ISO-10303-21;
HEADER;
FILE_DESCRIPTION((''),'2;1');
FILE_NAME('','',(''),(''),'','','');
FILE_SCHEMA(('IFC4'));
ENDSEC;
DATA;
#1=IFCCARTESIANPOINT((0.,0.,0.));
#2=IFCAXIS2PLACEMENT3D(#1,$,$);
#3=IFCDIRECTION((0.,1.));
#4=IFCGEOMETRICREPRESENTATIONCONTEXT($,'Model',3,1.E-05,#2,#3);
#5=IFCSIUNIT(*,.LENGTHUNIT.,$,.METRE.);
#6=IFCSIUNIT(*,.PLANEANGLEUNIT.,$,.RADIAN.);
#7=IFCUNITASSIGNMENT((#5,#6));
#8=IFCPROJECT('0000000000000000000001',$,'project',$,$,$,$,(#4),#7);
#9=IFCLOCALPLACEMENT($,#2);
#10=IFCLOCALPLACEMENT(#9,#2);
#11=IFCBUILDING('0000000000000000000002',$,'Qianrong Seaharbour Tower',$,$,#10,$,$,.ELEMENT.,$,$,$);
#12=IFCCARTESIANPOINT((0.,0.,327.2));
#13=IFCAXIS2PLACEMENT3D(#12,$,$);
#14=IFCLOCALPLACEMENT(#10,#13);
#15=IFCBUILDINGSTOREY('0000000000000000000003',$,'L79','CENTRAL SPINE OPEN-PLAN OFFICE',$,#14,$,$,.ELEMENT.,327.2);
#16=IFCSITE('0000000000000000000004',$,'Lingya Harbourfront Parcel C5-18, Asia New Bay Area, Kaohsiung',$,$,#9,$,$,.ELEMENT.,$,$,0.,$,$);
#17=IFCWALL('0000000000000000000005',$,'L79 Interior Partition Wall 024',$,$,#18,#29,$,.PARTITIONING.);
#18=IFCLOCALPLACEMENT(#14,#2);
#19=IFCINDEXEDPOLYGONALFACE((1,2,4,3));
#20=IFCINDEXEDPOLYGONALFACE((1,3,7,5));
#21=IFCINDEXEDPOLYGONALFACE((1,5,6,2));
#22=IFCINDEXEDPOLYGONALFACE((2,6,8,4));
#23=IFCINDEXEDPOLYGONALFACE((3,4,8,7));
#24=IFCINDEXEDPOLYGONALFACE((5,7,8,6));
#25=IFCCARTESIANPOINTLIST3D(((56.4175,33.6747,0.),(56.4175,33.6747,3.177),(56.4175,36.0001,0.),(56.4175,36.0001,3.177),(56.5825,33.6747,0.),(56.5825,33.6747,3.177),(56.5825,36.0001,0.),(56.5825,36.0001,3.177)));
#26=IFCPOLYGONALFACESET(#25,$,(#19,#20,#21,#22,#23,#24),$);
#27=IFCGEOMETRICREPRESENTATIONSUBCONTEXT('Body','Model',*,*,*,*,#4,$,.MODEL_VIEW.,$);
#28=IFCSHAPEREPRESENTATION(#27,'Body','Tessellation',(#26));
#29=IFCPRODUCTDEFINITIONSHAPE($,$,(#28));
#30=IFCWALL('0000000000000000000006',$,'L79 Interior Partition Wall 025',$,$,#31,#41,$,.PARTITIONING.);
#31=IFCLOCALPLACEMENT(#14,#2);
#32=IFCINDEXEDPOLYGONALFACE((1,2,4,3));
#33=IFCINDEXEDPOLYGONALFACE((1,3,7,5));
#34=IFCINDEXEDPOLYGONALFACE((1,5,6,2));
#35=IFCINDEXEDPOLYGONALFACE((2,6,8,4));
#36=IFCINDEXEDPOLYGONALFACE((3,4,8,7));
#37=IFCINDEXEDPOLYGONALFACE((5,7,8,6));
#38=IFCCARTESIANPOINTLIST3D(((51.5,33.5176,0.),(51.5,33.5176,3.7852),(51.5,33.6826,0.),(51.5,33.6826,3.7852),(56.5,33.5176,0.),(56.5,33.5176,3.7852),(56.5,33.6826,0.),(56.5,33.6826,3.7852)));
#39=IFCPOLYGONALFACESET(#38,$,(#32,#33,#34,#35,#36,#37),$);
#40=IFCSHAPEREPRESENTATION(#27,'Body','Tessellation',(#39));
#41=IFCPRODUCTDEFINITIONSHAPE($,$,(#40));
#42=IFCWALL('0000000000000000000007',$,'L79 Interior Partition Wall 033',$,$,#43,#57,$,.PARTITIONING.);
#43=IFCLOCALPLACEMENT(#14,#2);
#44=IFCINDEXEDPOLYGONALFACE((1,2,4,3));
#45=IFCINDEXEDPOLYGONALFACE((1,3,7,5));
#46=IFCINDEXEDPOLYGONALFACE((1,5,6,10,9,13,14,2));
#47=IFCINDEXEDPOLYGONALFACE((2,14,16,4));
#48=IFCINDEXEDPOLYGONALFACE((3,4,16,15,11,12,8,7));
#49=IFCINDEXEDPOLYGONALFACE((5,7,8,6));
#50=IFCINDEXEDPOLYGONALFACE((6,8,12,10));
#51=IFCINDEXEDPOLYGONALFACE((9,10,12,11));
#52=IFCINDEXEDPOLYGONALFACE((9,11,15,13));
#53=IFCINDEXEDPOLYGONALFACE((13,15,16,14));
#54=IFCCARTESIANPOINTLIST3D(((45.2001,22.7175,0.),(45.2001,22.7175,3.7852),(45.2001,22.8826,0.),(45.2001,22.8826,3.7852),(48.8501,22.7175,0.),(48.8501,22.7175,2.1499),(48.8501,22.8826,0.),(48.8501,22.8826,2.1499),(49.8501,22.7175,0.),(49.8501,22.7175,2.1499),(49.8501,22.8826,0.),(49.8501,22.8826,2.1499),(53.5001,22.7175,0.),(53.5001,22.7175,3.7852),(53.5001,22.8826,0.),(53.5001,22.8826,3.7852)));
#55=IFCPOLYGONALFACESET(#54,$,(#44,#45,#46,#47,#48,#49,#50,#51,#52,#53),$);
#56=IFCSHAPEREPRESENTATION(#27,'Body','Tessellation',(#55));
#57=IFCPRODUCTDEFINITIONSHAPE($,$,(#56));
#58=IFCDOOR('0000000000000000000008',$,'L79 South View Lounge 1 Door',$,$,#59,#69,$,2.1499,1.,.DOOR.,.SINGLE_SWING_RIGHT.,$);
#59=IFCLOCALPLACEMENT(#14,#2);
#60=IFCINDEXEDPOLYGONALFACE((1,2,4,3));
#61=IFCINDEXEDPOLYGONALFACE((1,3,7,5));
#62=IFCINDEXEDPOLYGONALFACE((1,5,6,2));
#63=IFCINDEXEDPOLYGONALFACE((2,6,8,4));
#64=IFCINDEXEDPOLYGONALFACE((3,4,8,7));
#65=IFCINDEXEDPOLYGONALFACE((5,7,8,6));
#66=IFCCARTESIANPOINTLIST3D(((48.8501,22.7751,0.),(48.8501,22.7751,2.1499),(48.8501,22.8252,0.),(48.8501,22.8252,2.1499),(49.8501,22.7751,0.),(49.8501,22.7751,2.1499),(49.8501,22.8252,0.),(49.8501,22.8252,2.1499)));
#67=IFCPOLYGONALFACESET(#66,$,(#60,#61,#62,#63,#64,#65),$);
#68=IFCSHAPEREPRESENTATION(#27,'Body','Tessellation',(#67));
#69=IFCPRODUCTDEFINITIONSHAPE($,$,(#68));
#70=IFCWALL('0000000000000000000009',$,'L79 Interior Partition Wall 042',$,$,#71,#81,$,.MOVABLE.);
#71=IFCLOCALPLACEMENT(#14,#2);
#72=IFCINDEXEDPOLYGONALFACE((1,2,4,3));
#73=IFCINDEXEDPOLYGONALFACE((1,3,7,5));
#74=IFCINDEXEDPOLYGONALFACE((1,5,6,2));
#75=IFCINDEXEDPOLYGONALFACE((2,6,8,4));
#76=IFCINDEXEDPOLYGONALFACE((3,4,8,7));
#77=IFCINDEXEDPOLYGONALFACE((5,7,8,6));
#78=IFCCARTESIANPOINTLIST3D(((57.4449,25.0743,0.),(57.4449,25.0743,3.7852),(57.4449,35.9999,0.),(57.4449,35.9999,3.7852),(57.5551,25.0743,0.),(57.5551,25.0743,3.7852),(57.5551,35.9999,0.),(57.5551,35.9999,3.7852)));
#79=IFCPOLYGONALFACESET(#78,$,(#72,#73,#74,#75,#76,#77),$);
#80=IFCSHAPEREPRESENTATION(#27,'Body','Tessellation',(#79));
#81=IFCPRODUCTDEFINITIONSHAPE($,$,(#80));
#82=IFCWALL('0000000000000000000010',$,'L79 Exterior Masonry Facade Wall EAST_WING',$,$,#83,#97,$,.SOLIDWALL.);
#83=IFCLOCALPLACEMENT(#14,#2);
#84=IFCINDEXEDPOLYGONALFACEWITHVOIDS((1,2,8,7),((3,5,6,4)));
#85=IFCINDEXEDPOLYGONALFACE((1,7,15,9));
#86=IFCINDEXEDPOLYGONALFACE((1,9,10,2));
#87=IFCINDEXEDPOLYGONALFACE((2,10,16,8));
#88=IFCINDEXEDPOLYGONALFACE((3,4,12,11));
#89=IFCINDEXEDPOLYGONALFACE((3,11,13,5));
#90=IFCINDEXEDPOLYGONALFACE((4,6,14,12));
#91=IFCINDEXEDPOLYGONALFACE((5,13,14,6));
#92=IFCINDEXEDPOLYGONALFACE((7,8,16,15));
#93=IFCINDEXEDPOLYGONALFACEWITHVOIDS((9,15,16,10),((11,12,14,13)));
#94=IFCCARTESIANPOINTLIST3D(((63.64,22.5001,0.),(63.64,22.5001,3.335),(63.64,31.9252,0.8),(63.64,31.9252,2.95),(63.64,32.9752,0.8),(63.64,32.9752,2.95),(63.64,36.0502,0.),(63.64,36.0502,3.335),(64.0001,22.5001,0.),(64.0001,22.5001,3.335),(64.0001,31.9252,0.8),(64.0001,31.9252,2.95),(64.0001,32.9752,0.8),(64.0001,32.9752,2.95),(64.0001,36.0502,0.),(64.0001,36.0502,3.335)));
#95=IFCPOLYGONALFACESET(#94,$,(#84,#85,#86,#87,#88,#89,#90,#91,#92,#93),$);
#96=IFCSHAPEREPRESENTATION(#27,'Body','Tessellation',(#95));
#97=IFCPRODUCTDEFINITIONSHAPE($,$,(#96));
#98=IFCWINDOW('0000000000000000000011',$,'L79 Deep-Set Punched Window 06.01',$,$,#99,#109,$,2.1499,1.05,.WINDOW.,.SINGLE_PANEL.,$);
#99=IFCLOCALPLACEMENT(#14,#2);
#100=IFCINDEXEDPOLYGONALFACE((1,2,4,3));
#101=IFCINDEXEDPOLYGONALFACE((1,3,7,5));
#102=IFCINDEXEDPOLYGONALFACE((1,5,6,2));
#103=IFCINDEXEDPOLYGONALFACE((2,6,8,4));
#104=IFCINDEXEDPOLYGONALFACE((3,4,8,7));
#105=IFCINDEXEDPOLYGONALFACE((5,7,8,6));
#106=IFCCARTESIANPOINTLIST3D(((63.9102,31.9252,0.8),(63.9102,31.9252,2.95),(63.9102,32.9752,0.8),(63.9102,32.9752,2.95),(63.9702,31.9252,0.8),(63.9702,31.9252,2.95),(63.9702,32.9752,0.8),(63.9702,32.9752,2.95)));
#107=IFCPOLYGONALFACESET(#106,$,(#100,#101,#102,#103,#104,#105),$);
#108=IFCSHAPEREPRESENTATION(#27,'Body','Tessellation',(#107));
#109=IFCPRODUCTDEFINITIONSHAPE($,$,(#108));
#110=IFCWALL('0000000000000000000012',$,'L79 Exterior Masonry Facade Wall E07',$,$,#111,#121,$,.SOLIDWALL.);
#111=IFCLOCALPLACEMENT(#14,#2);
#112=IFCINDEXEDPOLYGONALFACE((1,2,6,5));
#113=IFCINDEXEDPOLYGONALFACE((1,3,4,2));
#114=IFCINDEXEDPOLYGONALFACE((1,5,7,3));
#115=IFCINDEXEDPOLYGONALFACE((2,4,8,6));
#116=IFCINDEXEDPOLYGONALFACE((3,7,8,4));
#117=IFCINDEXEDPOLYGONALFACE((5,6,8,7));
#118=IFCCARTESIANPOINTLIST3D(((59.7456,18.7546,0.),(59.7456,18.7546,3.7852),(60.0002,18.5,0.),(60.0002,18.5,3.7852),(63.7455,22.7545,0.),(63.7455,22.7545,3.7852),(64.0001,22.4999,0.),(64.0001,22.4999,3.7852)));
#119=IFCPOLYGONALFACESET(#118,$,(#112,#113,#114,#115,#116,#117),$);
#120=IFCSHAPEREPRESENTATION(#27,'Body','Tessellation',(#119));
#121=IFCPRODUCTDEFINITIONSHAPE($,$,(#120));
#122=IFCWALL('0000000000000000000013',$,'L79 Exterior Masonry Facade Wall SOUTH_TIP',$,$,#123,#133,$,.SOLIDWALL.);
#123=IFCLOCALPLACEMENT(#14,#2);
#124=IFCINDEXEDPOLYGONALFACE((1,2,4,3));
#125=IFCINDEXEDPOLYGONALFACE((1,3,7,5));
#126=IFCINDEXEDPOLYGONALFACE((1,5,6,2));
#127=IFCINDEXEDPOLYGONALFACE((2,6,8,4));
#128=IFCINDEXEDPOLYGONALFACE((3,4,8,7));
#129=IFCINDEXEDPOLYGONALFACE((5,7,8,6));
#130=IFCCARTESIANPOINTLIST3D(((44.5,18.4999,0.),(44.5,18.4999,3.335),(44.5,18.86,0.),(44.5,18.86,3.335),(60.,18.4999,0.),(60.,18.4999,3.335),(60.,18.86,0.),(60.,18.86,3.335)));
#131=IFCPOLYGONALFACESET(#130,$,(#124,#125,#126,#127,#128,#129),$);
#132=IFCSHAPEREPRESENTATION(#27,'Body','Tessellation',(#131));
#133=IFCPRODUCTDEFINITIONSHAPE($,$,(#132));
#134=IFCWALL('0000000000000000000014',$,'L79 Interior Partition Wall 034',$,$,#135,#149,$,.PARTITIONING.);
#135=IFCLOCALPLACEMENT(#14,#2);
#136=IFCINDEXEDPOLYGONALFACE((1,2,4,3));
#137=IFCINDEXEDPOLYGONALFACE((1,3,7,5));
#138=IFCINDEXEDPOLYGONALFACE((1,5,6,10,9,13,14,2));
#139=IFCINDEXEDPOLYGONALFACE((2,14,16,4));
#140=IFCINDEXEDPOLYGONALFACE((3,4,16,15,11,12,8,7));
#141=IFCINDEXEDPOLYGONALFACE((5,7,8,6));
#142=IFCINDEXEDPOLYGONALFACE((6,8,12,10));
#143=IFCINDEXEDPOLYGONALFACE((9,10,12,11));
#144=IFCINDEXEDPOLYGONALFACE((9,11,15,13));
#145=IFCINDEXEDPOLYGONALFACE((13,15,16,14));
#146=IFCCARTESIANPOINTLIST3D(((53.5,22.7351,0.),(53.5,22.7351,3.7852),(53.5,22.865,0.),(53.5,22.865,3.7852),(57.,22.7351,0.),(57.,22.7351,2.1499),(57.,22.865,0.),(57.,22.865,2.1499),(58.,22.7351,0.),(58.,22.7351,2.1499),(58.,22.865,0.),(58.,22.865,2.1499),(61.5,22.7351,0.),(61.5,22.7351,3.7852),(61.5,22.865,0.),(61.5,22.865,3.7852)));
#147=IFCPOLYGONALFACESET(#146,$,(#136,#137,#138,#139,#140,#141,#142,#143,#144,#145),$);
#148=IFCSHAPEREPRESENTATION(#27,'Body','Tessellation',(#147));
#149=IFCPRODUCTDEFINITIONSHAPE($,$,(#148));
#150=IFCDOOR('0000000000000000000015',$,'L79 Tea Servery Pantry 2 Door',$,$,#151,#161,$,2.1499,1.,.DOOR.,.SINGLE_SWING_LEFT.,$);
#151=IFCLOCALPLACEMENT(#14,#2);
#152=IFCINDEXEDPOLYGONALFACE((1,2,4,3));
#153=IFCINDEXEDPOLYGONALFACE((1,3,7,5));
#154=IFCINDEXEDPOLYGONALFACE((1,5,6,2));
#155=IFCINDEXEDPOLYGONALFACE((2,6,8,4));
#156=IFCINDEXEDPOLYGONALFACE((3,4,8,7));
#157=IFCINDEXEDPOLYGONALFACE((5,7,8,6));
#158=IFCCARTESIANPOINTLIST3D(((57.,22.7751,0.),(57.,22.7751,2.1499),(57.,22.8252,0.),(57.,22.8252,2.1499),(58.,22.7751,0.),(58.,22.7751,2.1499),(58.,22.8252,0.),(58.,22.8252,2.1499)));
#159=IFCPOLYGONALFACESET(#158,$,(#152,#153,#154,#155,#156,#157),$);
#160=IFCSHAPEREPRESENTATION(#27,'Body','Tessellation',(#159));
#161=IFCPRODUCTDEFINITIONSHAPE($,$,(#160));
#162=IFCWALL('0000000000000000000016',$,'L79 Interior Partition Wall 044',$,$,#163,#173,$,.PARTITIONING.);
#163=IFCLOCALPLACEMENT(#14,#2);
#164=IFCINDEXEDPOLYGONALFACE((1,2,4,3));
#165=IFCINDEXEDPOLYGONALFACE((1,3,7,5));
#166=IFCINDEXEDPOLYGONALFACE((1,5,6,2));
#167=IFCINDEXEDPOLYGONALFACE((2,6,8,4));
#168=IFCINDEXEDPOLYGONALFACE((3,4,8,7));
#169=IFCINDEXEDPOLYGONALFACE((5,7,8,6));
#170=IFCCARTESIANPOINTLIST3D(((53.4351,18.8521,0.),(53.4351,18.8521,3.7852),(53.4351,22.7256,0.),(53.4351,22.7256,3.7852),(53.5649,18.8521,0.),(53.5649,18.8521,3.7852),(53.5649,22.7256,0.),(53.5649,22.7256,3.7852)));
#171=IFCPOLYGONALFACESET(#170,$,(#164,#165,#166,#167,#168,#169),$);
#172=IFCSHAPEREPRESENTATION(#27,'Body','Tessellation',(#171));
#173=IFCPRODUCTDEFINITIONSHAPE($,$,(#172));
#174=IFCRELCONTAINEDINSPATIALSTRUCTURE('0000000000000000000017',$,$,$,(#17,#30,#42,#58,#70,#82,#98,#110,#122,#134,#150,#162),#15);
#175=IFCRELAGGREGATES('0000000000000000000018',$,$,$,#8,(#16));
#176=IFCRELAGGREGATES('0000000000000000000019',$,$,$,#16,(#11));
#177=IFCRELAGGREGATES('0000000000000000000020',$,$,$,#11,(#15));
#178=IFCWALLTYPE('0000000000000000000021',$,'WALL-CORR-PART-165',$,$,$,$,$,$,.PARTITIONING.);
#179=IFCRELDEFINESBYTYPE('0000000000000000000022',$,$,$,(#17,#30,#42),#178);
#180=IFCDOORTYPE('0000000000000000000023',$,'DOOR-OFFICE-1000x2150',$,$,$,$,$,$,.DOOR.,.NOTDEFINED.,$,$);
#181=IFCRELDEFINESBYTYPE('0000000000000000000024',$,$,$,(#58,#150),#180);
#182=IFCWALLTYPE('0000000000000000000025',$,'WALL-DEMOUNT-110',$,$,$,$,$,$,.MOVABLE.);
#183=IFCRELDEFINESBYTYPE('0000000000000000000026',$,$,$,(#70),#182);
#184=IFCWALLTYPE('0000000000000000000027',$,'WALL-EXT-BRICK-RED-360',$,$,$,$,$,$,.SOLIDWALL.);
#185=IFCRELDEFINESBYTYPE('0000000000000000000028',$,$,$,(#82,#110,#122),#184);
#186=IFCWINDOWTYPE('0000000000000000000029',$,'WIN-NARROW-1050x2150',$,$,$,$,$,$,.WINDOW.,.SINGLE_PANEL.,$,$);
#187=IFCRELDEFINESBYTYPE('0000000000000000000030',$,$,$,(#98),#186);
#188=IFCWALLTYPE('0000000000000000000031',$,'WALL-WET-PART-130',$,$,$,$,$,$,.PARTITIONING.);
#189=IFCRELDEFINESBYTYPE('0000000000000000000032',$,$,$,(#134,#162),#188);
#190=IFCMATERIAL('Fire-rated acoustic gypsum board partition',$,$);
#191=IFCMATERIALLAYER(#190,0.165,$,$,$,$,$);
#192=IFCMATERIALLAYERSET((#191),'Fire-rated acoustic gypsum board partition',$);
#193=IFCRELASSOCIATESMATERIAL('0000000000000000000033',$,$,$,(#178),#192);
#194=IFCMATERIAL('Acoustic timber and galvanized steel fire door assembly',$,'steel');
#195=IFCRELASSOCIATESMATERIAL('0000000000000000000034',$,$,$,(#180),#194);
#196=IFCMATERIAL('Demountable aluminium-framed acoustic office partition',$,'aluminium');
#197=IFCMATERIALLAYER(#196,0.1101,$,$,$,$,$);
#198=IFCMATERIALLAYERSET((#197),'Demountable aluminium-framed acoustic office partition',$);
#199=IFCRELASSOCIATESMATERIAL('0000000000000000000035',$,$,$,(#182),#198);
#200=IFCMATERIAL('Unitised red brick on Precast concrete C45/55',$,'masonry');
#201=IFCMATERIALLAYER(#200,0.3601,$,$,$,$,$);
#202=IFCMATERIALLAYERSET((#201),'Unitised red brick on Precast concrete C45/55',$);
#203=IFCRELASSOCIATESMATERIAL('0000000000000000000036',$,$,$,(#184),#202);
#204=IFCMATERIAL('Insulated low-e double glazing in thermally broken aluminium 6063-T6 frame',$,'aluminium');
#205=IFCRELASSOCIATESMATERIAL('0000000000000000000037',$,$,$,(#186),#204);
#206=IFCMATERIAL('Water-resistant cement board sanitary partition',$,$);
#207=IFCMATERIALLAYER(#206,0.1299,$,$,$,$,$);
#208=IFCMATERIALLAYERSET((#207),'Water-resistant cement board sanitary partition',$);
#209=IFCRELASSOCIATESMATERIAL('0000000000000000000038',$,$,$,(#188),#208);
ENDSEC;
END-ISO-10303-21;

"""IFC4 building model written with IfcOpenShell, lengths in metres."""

from ifc_helpers import new_model, si_unit, direction, frame, frame_2d, origin, place, context, subcontext, project, spatial, rectangle, extrude, material, layer, layer_set, type_object, element, fill, save


model = new_model("IFC4")

# Units and contexts
model_context = context("Model", 3, precision=1e-05, world=origin(), true_north=direction((0.0, 1.0)))
body_context = subcontext(model_context, "Body", "Model", "MODEL_VIEW")
ifc_project = project(units=[si_unit("LENGTHUNIT", "METRE"), si_unit("PLANEANGLEUNIT", "RADIAN")], contexts=[model_context])

# Site, building, storey
site_placement = place(None, origin())
site = spatial("IfcSite", under=ifc_project, at=site_placement, Name="Lingya Harbourfront Parcel C5-18, Asia New Bay Area, Kaohsiung", CompositionType="ELEMENT", RefElevation=0.0)
building_placement = place(site_placement, origin())
building = spatial("IfcBuilding", under=site, at=building_placement, Name="Qianrong Seaharbour Tower", CompositionType="ELEMENT")
storey_placement = place(building_placement, frame((0.0, 0.0, 327.2)))
storey = spatial("IfcBuildingStorey", under=building, at=storey_placement, Name="L79", Description="CENTRAL SPINE OPEN-PLAN OFFICE", CompositionType="ELEMENT", Elevation=327.2)

# Walls
ifc_material_1 = material(Name="Fire-rated acoustic gypsum board partition")
ifc_layer_1 = layer(ifc_material_1, 0.165)
ifc_layer_set_1 = layer_set([ifc_layer_1], Name="Fire-rated acoustic gypsum board partition")
wall_type_1 = type_object("IfcWallType", Name="WALL-CORR-PART-165", PredefinedType="PARTITIONING", material=ifc_layer_set_1)
wall_1_placement = place(storey_placement, frame((56.5, 36.0, 0.0), z_axis=(0.0, 0.0, 1.0), x_axis=(0.0, -1.0, 0.0)))
element("IfcWall", 1, at=wall_1_placement, inside=storey, type_object=wall_type_1, Name="L79 Interior Partition Wall 024", PredefinedType="PARTITIONING", context=body_context, shape_type="SweptSolid", body=[
    extrude(rectangle(XDim=2.3254, YDim=0.165, at=frame_2d((1.1626, 0.0))), origin(), (0.0, 0.0, 1.0), 3.177),
])
wall_2_placement = place(storey_placement, frame((56.5, 33.6001, 0.0), z_axis=(0.0, 0.0, 1.0), x_axis=(-1.0, 0.0, 0.0)))
element("IfcWall", 2, at=wall_2_placement, inside=storey, type_object=wall_type_1, Name="L79 Interior Partition Wall 025", PredefinedType="PARTITIONING", context=body_context, shape_type="SweptSolid", body=[
    extrude(rectangle(XDim=5.0, YDim=0.165, at=frame_2d((2.5, 0.0))), origin(), (0.0, 0.0, 1.0), 3.7852),
])

# Wall, opening, door
ifc_material_2 = material(Name="Acoustic timber and galvanized steel fire door assembly", Category="steel")
door_type = type_object("IfcDoorType", Name="DOOR-OFFICE-1000x2150", OperationType="NOTDEFINED", PredefinedType="DOOR", material=ifc_material_2)
wall_3_placement = place(storey_placement, frame((53.5, 22.8, 0.0), z_axis=(0.0, 0.0, 1.0), x_axis=(-1.0, 0.0, 0.0)))
wall_3 = element("IfcWall", 3, at=wall_3_placement, inside=storey, type_object=wall_type_1, Name="L79 Interior Partition Wall 033", PredefinedType="PARTITIONING", context=body_context, shape_type="SweptSolid", body=[
    extrude(rectangle(XDim=8.3, YDim=0.165, at=frame_2d((4.1499, 0.0))), origin(), (0.0, 0.0, 1.0), 3.7852),
])
opening_1_placement = place(wall_3_placement, frame((3.6499, 0.0, 0.0)))
opening_1 = element("IfcOpeningElement", 4, at=opening_1_placement, cuts=wall_3, PredefinedType="OPENING", context=body_context, shape_type="SweptSolid", body=[
    extrude(rectangle(XDim=1.0, YDim=2.1499, at=frame_2d((0.5, 1.075))), frame((0.0, 0.0925, 0.0), z_axis=(0.0, -1.0, 0.0), x_axis=(1.0, 0.0, 0.0)), (0.0, 0.0, 1.0), 0.1851),
])
door_1_placement = place(opening_1_placement, origin())
door_1 = element("IfcDoor", 5, at=door_1_placement, inside=storey, type_object=door_type, Name="L79 South View Lounge 1 Door", OperationType="SINGLE_SWING_RIGHT", OverallHeight=2.1499, OverallWidth=1.0, PredefinedType="DOOR", context=body_context, shape_type="SweptSolid", body=[
    extrude(rectangle(XDim=1.0, YDim=2.1499, at=frame_2d((0.5, 1.075))), frame((0.0, 0.0249, 0.0), z_axis=(0.0, -1.0, 0.0), x_axis=(1.0, 0.0, 0.0)), (0.0, 0.0, 1.0), 0.05),
])
fill(opening_1, door_1)

# Wall
ifc_material_3 = material(Name="Demountable aluminium-framed acoustic office partition", Category="aluminium")
ifc_layer_2 = layer(ifc_material_3, 0.1101)
ifc_layer_set_2 = layer_set([ifc_layer_2], Name="Demountable aluminium-framed acoustic office partition")
wall_type_2 = type_object("IfcWallType", Name="WALL-DEMOUNT-110", PredefinedType="MOVABLE", material=ifc_layer_set_2)
wall_4_placement = place(storey_placement, frame((57.5, 36.0, 0.0), z_axis=(0.0, 0.0, 1.0), x_axis=(0.0, -1.0, 0.0)))
element("IfcWall", 6, at=wall_4_placement, inside=storey, type_object=wall_type_2, Name="L79 Interior Partition Wall 042", PredefinedType="MOVABLE", context=body_context, shape_type="SweptSolid", body=[
    extrude(rectangle(XDim=10.9255, YDim=0.1101, at=frame_2d((5.4629, 0.0))), origin(), (0.0, 0.0, 1.0), 3.7852),
])

# Wall, opening, window
ifc_material_4 = material(Name="Unitised red brick on Precast concrete C45/55", Category="masonry")
ifc_layer_3 = layer(ifc_material_4, 0.3601)
ifc_layer_set_3 = layer_set([ifc_layer_3], Name="Unitised red brick on Precast concrete C45/55")
wall_type_3 = type_object("IfcWallType", Name="WALL-EXT-BRICK-RED-360", PredefinedType="SOLIDWALL", material=ifc_layer_set_3)
wall_5_placement = place(storey_placement, frame((63.8201, 36.05, 0.0), z_axis=(0.0, 0.0, 1.0), x_axis=(0.0, -1.0, 0.0)))
wall_5 = element("IfcWall", 7, at=wall_5_placement, inside=storey, type_object=wall_type_3, Name="L79 Exterior Masonry Facade Wall EAST_WING", PredefinedType="SOLIDWALL", context=body_context, shape_type="SweptSolid", body=[
    extrude(rectangle(XDim=13.55, YDim=0.3601, at=frame_2d((6.7749, 0.0))), origin(), (0.0, 0.0, 1.0), 3.335),
])
opening_2_placement = place(wall_5_placement, frame((3.075, 0.0, 0.8)))
opening_2 = element("IfcOpeningElement", 8, at=opening_2_placement, cuts=wall_5, PredefinedType="OPENING", context=body_context, shape_type="SweptSolid", body=[
    extrude(rectangle(XDim=1.05, YDim=2.1499, at=frame_2d((0.5249, 1.075))), frame((0.0, 0.1899, 0.0), z_axis=(0.0, -1.0, 0.0), x_axis=(1.0, 0.0, 0.0)), (0.0, 0.0, 1.0), 0.3801),
])
ifc_material_5 = material(Name="Insulated low-e double glazing in thermally broken aluminium 6063-T6 frame", Category="aluminium")
window_type = type_object("IfcWindowType", Name="WIN-NARROW-1050x2150", PartitioningType="SINGLE_PANEL", PredefinedType="WINDOW", material=ifc_material_5)
window_placement = place(opening_2_placement, origin())
window = element("IfcWindow", 9, at=window_placement, inside=storey, type_object=window_type, Name="L79 Deep-Set Punched Window 06.01", OverallHeight=2.1499, OverallWidth=1.05, PartitioningType="SINGLE_PANEL", PredefinedType="WINDOW", context=body_context, shape_type="SweptSolid", body=[
    extrude(rectangle(XDim=1.05, YDim=2.1499, at=frame_2d((0.5249, 1.075))), frame((0.0, 0.1501, 0.0), z_axis=(0.0, -1.0, 0.0), x_axis=(1.0, 0.0, 0.0)), (0.0, 0.0, 1.0), 0.0601),
])
fill(opening_2, window)

# Walls
wall_6_placement = place(storey_placement, frame((63.8728, 22.6272, 0.0), z_axis=(0.0, 0.0, 1.0), x_axis=(-0.707107, -0.707107, 0.0)))
element("IfcWall", 10, at=wall_6_placement, inside=storey, type_object=wall_type_3, Name="L79 Exterior Masonry Facade Wall E07", PredefinedType="SOLIDWALL", context=body_context, shape_type="SweptSolid", body=[
    extrude(rectangle(XDim=5.6567, YDim=0.3601, at=frame_2d((2.8284, 0.0))), origin(), (0.0, 0.0, 1.0), 3.7852),
])
wall_7_placement = place(storey_placement, frame((60.0, 18.6799, 0.0), z_axis=(0.0, 0.0, 1.0), x_axis=(-1.0, 0.0, 0.0)))
element("IfcWall", 11, at=wall_7_placement, inside=storey, type_object=wall_type_3, Name="L79 Exterior Masonry Facade Wall SOUTH_TIP", PredefinedType="SOLIDWALL", context=body_context, shape_type="SweptSolid", body=[
    extrude(rectangle(XDim=15.5, YDim=0.3601, at=frame_2d((7.75, 0.0))), origin(), (0.0, 0.0, 1.0), 3.335),
])

# Wall, opening, door
ifc_material_6 = material(Name="Water-resistant cement board sanitary partition")
ifc_layer_4 = layer(ifc_material_6, 0.1299)
ifc_layer_set_4 = layer_set([ifc_layer_4], Name="Water-resistant cement board sanitary partition")
wall_type_4 = type_object("IfcWallType", Name="WALL-WET-PART-130", PredefinedType="PARTITIONING", material=ifc_layer_set_4)
wall_8_placement = place(storey_placement, frame((61.5, 22.8, 0.0), z_axis=(0.0, 0.0, 1.0), x_axis=(-1.0, 0.0, 0.0)))
wall_8 = element("IfcWall", 12, at=wall_8_placement, inside=storey, type_object=wall_type_4, Name="L79 Interior Partition Wall 034", PredefinedType="PARTITIONING", context=body_context, shape_type="SweptSolid", body=[
    extrude(rectangle(XDim=8.0, YDim=0.1299, at=frame_2d((4.0, 0.0))), origin(), (0.0, 0.0, 1.0), 3.7852),
])
opening_3_placement = place(wall_8_placement, frame((3.5, 0.0, 0.0)))
opening_3 = element("IfcOpeningElement", 13, at=opening_3_placement, cuts=wall_8, PredefinedType="OPENING", context=body_context, shape_type="SweptSolid", body=[
    extrude(rectangle(XDim=1.0, YDim=2.1499, at=frame_2d((0.5, 1.075))), frame((0.0, 0.075, 0.0), z_axis=(0.0, -1.0, 0.0), x_axis=(1.0, 0.0, 0.0)), (0.0, 0.0, 1.0), 0.1499),
])
door_2_placement = place(opening_3_placement, origin())
door_2 = element("IfcDoor", 14, at=door_2_placement, inside=storey, type_object=door_type, Name="L79 Tea Servery Pantry 2 Door", OperationType="SINGLE_SWING_LEFT", OverallHeight=2.1499, OverallWidth=1.0, PredefinedType="DOOR", context=body_context, shape_type="SweptSolid", body=[
    extrude(rectangle(XDim=1.0, YDim=2.1499, at=frame_2d((0.5, 1.075))), frame((0.0, 0.0249, 0.0), z_axis=(0.0, -1.0, 0.0), x_axis=(1.0, 0.0, 0.0)), (0.0, 0.0, 1.0), 0.05),
])
fill(opening_3, door_2)

# Wall
wall_9_placement = place(storey_placement, frame((53.5, 22.7256, 0.0), z_axis=(0.0, 0.0, 1.0), x_axis=(0.0, -1.0, 0.0)))
element("IfcWall", 15, at=wall_9_placement, inside=storey, type_object=wall_type_4, Name="L79 Interior Partition Wall 044", PredefinedType="PARTITIONING", context=body_context, shape_type="SweptSolid", body=[
    extrude(rectangle(XDim=3.8735, YDim=0.1299, at=frame_2d((1.9368, 0.0))), origin(), (0.0, 0.0, 1.0), 3.7852),
])

save(model, "model.ifc")
